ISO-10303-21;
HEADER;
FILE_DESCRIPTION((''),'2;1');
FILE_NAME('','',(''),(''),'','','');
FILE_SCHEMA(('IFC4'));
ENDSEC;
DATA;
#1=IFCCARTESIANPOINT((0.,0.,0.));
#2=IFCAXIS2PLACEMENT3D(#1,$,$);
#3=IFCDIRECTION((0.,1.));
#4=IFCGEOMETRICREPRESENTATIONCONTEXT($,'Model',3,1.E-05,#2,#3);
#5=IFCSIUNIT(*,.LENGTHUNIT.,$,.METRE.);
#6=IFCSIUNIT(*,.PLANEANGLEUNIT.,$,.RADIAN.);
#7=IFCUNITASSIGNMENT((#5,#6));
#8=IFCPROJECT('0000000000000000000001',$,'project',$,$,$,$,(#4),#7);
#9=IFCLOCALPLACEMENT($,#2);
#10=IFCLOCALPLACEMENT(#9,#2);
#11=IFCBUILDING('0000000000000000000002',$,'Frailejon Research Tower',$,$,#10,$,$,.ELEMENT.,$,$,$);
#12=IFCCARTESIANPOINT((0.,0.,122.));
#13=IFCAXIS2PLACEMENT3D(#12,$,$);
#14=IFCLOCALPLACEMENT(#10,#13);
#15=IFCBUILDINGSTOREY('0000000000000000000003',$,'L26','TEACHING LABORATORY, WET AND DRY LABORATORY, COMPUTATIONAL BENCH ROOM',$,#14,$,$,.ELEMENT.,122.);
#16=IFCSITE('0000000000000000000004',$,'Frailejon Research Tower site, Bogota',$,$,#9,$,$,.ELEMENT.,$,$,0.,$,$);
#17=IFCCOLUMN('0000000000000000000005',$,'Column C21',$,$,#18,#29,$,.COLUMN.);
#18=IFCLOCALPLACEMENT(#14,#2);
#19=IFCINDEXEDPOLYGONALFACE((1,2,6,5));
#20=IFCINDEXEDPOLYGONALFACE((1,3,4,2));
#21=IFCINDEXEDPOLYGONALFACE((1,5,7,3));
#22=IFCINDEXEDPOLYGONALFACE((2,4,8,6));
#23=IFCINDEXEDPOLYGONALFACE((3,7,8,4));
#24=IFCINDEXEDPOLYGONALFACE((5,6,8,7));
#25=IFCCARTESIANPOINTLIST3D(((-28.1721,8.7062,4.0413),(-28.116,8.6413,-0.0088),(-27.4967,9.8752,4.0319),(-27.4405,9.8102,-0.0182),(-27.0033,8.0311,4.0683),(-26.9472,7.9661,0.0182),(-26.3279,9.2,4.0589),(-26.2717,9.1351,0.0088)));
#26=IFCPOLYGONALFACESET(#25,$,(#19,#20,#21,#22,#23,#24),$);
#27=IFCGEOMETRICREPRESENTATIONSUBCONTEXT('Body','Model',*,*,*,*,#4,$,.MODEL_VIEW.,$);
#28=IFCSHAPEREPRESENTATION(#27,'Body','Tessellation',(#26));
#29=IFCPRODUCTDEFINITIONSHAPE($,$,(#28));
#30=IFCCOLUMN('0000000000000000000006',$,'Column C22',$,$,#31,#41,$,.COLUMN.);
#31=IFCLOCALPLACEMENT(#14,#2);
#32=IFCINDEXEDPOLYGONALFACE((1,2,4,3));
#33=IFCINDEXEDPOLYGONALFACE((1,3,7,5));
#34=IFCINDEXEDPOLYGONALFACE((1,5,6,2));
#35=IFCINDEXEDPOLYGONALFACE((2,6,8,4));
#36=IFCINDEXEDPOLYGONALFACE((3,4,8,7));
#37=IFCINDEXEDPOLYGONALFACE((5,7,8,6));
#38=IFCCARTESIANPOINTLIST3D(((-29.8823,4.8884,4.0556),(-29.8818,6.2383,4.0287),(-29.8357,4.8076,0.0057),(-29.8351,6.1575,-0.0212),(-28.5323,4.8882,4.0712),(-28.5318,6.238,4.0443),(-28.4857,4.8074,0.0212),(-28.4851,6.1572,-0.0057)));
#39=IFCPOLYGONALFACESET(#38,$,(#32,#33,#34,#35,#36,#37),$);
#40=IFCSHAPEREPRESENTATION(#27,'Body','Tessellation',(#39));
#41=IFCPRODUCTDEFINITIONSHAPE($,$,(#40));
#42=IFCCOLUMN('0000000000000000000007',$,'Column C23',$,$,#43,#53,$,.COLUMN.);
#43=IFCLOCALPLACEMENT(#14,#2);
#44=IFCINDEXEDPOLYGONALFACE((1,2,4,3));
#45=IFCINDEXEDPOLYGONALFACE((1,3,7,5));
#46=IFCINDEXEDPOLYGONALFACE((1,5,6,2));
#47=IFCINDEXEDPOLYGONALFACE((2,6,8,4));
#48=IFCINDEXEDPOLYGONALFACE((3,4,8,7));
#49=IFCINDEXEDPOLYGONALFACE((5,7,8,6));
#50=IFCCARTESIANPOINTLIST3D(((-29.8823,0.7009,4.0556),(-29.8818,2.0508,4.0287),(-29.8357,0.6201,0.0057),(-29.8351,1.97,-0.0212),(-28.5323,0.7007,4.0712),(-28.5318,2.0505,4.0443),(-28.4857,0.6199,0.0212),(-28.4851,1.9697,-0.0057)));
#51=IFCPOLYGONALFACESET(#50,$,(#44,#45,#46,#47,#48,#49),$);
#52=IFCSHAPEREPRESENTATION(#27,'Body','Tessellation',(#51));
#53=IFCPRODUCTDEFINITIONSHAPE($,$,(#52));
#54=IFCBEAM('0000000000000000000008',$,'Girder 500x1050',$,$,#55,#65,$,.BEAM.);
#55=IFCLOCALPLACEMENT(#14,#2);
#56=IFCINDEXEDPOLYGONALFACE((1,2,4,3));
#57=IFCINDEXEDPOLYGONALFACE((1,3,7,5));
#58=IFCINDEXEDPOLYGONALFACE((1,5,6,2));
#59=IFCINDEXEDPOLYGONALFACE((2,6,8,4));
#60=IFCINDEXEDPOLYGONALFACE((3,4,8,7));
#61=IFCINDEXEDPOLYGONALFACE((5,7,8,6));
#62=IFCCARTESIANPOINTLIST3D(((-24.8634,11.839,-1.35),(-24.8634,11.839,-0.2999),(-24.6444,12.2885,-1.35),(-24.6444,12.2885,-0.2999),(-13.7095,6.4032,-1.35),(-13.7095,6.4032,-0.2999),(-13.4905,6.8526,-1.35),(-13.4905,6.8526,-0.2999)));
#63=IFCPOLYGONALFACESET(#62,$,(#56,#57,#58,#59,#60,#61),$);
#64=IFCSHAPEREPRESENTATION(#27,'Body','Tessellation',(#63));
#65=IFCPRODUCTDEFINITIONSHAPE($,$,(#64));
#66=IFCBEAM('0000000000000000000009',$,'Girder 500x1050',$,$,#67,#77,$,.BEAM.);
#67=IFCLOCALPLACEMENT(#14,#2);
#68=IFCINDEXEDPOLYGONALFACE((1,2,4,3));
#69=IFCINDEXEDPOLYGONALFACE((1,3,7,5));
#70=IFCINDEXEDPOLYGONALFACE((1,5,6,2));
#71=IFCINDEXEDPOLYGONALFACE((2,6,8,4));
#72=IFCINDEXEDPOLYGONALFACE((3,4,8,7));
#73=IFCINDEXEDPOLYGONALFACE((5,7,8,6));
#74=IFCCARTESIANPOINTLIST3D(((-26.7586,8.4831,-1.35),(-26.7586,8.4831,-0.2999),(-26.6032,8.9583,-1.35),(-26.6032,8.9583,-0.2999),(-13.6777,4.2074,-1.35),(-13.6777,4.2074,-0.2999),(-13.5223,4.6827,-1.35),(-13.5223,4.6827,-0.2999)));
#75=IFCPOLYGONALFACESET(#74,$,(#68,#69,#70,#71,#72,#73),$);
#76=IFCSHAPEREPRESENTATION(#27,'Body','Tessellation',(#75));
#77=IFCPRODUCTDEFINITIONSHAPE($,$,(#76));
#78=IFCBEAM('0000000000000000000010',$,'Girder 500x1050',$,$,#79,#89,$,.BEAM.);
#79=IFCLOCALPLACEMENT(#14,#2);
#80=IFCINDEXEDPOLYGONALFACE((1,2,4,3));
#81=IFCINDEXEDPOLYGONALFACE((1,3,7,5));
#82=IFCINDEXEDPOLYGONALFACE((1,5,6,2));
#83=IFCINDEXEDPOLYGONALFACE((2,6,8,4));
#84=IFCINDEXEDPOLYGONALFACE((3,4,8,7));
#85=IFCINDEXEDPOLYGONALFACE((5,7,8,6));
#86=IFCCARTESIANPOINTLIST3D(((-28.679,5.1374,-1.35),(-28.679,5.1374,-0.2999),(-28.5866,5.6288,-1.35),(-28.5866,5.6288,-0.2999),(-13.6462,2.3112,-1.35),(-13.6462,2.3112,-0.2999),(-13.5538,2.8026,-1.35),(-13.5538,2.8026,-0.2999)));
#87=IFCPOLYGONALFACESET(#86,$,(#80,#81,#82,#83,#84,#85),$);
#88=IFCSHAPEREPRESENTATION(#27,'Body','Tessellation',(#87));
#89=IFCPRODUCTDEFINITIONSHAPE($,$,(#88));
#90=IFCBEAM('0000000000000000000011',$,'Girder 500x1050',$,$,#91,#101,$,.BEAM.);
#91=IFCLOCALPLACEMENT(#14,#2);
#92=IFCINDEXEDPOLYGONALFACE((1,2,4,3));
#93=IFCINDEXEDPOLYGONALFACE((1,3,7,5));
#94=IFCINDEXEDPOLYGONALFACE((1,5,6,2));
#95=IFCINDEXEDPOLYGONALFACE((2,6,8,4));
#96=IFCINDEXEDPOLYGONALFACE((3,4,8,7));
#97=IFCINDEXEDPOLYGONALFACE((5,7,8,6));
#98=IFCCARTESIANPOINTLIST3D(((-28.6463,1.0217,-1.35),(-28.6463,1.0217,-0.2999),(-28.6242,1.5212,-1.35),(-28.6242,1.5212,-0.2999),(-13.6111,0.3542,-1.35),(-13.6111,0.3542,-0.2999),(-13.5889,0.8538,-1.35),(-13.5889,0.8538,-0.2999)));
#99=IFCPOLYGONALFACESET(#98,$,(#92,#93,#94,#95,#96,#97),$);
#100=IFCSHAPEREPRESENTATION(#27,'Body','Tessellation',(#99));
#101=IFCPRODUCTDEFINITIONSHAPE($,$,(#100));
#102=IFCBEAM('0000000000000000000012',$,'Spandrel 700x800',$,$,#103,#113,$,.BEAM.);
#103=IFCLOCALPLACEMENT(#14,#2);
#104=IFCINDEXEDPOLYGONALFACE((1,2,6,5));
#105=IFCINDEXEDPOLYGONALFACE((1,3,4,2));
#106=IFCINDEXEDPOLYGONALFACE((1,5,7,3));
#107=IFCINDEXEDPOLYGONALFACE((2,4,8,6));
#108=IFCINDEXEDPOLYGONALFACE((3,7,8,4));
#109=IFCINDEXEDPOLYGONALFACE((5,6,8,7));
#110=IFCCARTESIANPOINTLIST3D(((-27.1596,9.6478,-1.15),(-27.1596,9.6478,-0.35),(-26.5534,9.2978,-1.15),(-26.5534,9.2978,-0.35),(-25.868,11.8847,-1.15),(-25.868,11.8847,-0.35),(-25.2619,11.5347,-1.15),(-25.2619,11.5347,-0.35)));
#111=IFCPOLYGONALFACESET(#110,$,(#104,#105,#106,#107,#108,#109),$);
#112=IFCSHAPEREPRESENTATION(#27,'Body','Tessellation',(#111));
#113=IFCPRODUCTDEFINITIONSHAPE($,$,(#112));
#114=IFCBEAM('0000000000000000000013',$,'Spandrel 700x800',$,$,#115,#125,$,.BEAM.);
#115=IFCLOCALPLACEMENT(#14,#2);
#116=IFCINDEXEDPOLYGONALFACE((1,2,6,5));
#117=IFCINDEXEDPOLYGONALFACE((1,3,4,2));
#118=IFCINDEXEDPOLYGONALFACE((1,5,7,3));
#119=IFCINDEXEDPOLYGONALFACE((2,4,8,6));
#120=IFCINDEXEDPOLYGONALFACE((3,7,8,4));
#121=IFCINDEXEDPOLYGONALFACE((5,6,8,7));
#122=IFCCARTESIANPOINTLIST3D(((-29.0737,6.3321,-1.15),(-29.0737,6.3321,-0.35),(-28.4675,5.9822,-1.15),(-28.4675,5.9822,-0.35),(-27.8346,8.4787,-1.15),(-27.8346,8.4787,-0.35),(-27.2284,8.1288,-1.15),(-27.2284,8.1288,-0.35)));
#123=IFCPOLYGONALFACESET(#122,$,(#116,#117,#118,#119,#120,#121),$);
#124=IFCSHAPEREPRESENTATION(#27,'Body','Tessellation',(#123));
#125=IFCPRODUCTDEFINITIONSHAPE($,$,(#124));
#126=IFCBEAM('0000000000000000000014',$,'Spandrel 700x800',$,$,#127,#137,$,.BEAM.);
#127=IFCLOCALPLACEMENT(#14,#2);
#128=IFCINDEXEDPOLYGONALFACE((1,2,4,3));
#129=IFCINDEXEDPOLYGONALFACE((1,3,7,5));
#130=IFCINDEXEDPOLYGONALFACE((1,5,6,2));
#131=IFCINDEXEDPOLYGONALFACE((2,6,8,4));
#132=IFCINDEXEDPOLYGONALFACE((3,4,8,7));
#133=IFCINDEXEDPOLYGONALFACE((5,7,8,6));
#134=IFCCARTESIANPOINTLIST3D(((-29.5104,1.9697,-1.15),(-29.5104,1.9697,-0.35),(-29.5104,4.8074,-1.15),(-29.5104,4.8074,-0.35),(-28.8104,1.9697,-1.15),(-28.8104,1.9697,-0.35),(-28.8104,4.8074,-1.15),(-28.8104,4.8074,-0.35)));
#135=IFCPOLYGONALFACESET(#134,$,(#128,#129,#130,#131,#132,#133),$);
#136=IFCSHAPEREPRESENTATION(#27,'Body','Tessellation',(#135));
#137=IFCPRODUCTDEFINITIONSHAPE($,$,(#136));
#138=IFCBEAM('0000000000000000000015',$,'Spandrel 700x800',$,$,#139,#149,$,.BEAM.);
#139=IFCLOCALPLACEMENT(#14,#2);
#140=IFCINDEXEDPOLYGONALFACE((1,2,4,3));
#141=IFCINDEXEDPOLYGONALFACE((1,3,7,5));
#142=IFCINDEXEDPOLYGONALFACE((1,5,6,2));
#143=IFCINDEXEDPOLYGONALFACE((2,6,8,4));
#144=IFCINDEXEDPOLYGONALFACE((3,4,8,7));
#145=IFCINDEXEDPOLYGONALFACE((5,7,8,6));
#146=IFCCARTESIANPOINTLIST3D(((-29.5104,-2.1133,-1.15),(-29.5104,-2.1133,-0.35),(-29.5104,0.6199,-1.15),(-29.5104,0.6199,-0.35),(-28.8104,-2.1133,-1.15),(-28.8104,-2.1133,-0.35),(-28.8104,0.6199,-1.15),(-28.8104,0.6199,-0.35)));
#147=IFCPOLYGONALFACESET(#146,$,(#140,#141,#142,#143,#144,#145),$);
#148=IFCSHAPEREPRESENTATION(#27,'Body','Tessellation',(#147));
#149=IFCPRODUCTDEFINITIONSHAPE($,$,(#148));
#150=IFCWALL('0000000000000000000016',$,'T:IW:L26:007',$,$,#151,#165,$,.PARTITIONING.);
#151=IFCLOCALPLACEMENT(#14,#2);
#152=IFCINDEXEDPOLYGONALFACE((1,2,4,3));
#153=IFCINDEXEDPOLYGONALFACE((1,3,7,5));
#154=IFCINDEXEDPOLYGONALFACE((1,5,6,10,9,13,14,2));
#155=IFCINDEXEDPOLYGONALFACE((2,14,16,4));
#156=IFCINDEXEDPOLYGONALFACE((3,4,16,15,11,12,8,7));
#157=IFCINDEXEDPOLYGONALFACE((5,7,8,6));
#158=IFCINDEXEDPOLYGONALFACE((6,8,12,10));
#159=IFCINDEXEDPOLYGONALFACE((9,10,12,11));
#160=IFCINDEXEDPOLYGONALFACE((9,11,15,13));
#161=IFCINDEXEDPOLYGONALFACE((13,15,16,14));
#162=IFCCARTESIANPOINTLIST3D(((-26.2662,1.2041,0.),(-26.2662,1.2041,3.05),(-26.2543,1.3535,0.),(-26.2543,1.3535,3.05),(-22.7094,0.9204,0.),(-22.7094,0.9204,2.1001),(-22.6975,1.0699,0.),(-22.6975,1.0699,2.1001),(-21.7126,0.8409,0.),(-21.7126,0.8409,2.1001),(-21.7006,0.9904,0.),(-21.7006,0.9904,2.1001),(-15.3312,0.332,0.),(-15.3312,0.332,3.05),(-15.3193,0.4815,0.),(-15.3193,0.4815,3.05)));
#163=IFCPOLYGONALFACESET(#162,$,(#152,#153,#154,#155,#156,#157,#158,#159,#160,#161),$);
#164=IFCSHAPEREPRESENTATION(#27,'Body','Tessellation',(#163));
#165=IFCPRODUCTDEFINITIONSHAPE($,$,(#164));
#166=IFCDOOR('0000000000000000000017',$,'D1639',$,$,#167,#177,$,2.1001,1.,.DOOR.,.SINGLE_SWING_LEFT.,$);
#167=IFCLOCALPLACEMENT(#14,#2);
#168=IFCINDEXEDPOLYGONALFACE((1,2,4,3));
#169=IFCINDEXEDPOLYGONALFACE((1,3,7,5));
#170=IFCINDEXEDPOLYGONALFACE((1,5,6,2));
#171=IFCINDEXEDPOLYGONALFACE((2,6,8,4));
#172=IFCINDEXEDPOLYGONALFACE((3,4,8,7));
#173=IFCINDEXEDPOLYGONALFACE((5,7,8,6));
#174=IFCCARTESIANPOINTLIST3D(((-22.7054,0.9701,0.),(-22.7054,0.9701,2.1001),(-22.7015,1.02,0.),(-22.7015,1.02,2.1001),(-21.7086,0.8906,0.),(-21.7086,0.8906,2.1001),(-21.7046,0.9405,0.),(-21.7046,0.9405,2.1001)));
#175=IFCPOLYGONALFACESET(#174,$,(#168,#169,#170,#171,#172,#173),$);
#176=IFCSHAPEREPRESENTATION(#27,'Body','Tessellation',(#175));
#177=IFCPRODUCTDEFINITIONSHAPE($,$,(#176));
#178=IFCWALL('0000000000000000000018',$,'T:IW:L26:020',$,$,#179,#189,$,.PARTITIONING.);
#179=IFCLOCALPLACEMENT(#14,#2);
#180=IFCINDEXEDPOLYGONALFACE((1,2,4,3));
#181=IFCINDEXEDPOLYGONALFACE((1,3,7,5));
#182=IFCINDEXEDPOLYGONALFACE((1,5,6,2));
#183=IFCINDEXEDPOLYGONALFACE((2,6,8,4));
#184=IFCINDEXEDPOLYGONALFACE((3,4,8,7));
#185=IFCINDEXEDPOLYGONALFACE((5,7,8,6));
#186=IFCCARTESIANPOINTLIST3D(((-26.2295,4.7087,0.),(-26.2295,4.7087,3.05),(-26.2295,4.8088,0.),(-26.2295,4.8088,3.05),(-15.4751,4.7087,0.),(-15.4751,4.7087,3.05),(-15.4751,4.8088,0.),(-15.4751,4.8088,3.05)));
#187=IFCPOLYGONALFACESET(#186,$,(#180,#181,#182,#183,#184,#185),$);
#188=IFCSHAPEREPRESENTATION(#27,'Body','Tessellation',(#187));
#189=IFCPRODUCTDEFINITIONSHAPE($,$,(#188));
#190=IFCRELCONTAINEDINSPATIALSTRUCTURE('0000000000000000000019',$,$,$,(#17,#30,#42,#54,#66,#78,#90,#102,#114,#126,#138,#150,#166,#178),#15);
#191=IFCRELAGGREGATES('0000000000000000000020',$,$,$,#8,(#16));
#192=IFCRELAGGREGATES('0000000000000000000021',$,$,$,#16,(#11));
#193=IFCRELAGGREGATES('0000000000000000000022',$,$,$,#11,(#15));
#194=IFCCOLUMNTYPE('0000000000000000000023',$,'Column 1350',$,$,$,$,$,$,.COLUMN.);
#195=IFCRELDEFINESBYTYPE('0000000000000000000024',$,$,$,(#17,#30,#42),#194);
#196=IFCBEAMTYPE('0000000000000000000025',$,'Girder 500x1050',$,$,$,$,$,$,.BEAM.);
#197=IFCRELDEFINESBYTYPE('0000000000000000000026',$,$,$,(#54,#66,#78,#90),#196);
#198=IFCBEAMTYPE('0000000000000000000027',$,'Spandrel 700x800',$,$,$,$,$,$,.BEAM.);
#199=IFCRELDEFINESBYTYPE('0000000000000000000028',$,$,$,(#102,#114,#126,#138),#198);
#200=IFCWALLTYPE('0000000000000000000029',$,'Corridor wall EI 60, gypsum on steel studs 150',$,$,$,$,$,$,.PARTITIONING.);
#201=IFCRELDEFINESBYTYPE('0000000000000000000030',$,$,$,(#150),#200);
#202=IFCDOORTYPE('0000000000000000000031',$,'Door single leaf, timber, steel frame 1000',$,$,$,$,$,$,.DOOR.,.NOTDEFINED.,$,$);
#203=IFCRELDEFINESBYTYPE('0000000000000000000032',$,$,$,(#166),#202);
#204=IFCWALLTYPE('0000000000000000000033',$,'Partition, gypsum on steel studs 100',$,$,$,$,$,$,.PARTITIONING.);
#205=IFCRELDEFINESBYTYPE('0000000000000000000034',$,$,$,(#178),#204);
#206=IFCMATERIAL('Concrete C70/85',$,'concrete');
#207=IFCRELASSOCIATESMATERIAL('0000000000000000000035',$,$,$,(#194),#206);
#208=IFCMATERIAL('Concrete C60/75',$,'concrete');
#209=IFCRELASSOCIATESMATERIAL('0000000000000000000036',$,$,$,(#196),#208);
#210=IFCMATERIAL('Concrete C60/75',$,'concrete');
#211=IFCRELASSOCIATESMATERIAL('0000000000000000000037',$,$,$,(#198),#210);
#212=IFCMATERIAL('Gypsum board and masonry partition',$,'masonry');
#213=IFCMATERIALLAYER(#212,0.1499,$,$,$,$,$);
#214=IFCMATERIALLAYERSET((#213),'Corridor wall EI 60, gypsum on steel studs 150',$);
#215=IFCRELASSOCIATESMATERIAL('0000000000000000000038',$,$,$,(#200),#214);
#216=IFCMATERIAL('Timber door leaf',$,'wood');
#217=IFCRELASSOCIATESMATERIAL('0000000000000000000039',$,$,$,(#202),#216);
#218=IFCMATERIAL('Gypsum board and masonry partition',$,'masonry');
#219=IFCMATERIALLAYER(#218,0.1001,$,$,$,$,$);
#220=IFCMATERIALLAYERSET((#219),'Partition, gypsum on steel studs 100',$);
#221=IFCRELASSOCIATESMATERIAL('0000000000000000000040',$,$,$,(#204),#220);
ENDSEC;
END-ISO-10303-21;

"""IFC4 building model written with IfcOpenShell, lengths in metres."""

from ifc_helpers import new_model, si_unit, direction, frame, frame_2d, origin, origin_2d, place, context, subcontext, project, spatial, rectangle, extrude, material, layer, layer_set, material_profile, profile_set, type_object, element, fill, save


model = new_model("IFC4")

# Units and contexts
model_context = context("Model", 3, precision=1e-05, world=origin(), true_north=direction((0.0, 1.0)))
body_context = subcontext(model_context, "Body", "Model", "MODEL_VIEW")
ifc_project = project(units=[si_unit("LENGTHUNIT", "METRE"), si_unit("PLANEANGLEUNIT", "RADIAN")], contexts=[model_context])

# Site, building, storey
site_placement = place(None, origin())
site = spatial("IfcSite", under=ifc_project, at=site_placement, Name="Frailejon Research Tower site, Bogota", CompositionType="ELEMENT", RefElevation=0.0)
building_placement = place(site_placement, origin())
building = spatial("IfcBuilding", under=site, at=building_placement, Name="Frailejon Research Tower", CompositionType="ELEMENT")
storey_placement = place(building_placement, frame((0.0, 0.0, 122.0)))
storey = spatial("IfcBuildingStorey", under=building, at=storey_placement, Name="L26", Description="TEACHING LABORATORY, WET AND DRY LABORATORY, COMPUTATIONAL BENCH ROOM", CompositionType="ELEMENT", Elevation=122.0)

# Columns
ifc_material_1 = material(Name="Concrete C70/85", Category="concrete")
ifc_material_profile_1 = material_profile(ifc_material_1, rectangle(XDim=1.3501, YDim=1.3501, at=origin_2d()), Name="Column 1350")
ifc_profile_set_1 = profile_set([ifc_material_profile_1], Name="Concrete C70/85")
column_type = type_object("IfcColumnType", Name="Column 1350", PredefinedType="COLUMN", material=ifc_profile_set_1)
for number, where, z_axis, x_axis, name in (
    (1, (-27.1938, 8.8882, 0.0), (-0.013861, 0.016031, 0.999775), (-0.500303, -0.865822, 0.006947), "Column C21"),
    (2, (-29.1604, 5.4824, 0.0), (-0.011511, 0.019948, 0.999735), (-0.000406, -0.999801, 0.019944), "Column C22"),
    (3, (-29.1604, 1.2949, 0.0), (-0.011511, 0.019948, 0.999735), (-0.000406, -0.999801, 0.019944), "Column C23"),
):
    element("IfcColumn", number, at=place(storey_placement, frame(where, z_axis=z_axis, x_axis=x_axis)), inside=storey, type_object=column_type, Name=name, PredefinedType="COLUMN", context=body_context, shape_type="SweptSolid", body=[
        extrude(rectangle(XDim=1.3501, YDim=1.3501, at=origin_2d()), origin(), (0.0, 0.0, 1.0), 4.051),
    ])

# Beams
ifc_material_2 = material(Name="Concrete C60/75", Category="concrete")
ifc_material_profile_2 = material_profile(ifc_material_2, rectangle(XDim=0.5, YDim=1.05, at=origin_2d()), Name="Girder 500x1050")
ifc_profile_set_2 = profile_set([ifc_material_profile_2], Name="Concrete C60/75")
beam_type_1 = type_object("IfcBeamType", Name="Girder 500x1050", PredefinedType="BEAM", material=ifc_profile_set_2)
beam_1_placement = place(storey_placement, frame((-24.7539, 12.0637, -0.825), z_axis=(0.89893, -0.438092, 0.0), x_axis=(0.438092, 0.89893, 0.0)))
element("IfcBeam", 4, at=beam_1_placement, inside=storey, type_object=beam_type_1, Name="Girder 500x1050", PredefinedType="BEAM", context=body_context, shape_type="SweptSolid", body=[
    extrude(rectangle(XDim=0.5, YDim=1.05, at=origin_2d()), origin(), (0.0, 0.0, 1.0), 12.408),
])
beam_2_placement = place(storey_placement, frame((-26.6809, 8.7207, -0.825), z_axis=(0.950512, -0.310687, 0.0), x_axis=(0.310687, 0.950512, 0.0)))
element("IfcBeam", 5, at=beam_2_placement, inside=storey, type_object=beam_type_1, Name="Girder 500x1050", PredefinedType="BEAM", context=body_context, shape_type="SweptSolid", body=[
    extrude(rectangle(XDim=0.5, YDim=1.05, at=origin_2d()), origin(), (0.0, 0.0, 1.0), 13.762),
])
beam_3_placement = place(storey_placement, frame((-28.6328, 5.3831, -0.825), z_axis=(0.982783, -0.184765, 0.0), x_axis=(0.184765, 0.982783, 0.0)))
element("IfcBeam", 6, at=beam_3_placement, inside=storey, type_object=beam_type_1, Name="Girder 500x1050", PredefinedType="BEAM", context=body_context, shape_type="SweptSolid", body=[
    extrude(rectangle(XDim=0.5, YDim=1.05, at=origin_2d()), origin(), (0.0, 0.0, 1.0), 15.2961),
])
beam_4_placement = place(storey_placement, frame((-28.6353, 1.2715, -0.825), z_axis=(0.999016, -0.044351, 0.0), x_axis=(0.044351, 0.999016, 0.0)))
element("IfcBeam", 7, at=beam_4_placement, inside=storey, type_object=beam_type_1, Name="Girder 500x1050", PredefinedType="BEAM", context=body_context, shape_type="SweptSolid", body=[
    extrude(rectangle(XDim=0.5, YDim=1.05, at=origin_2d()), origin(), (0.0, 0.0, 1.0), 15.05),
])
ifc_material_3 = material(Name="Concrete C60/75", Category="concrete")
ifc_material_profile_3 = material_profile(ifc_material_3, rectangle(XDim=0.7, YDim=0.8, at=origin_2d()), Name="Spandrel 700x800")
ifc_profile_set_3 = profile_set([ifc_material_profile_3], Name="Concrete C60/75")
beam_type_2 = type_object("IfcBeamType", Name="Spandrel 700x800", PredefinedType="BEAM", material=ifc_profile_set_3)
beam_5_placement = place(storey_placement, frame((-25.5649, 11.7097, -0.75), z_axis=(-0.500022, -0.866012, 0.0), x_axis=(0.866012, -0.500022, 0.0)))
element("IfcBeam", 8, at=beam_5_placement, inside=storey, type_object=beam_type_2, Name="Spandrel 700x800", PredefinedType="BEAM", context=body_context, shape_type="SweptSolid", body=[
    extrude(rectangle(XDim=0.7, YDim=0.8, at=origin_2d()), origin(), (0.0, 0.0, 1.0), 2.583),
])
beam_6_placement = place(storey_placement, frame((-27.5315, 8.3037, -0.75), z_axis=(-0.499921, -0.866071, 0.0), x_axis=(0.866071, -0.499921, 0.0)))
element("IfcBeam", 9, at=beam_6_placement, inside=storey, type_object=beam_type_2, Name="Spandrel 700x800", PredefinedType="BEAM", context=body_context, shape_type="SweptSolid", body=[
    extrude(rectangle(XDim=0.7, YDim=0.8, at=origin_2d()), origin(), (0.0, 0.0, 1.0), 2.4785),
])
beam_7_placement = place(storey_placement, frame((-29.1604, 4.8074, -0.75), z_axis=(0.0, -1.0, 0.0), x_axis=(1.0, 0.0, 0.0)))
element("IfcBeam", 10, at=beam_7_placement, inside=storey, type_object=beam_type_2, Name="Spandrel 700x800", PredefinedType="BEAM", context=body_context, shape_type="SweptSolid", body=[
    extrude(rectangle(XDim=0.7, YDim=0.8, at=origin_2d()), origin(), (0.0, 0.0, 1.0), 2.8376),
])
beam_8_placement = place(storey_placement, frame((-29.1604, 0.6199, -0.75), z_axis=(0.0, -1.0, 0.0), x_axis=(1.0, 0.0, 0.0)))
element("IfcBeam", 11, at=beam_8_placement, inside=storey, type_object=beam_type_2, Name="Spandrel 700x800", PredefinedType="BEAM", context=body_context, shape_type="SweptSolid", body=[
    extrude(rectangle(XDim=0.7, YDim=0.8, at=origin_2d()), origin(), (0.0, 0.0, 1.0), 2.7332),
])

# Wall, opening, door
ifc_material_4 = material(Name="Gypsum board and masonry partition", Category="masonry")
ifc_layer_1 = layer(ifc_material_4, 0.1499)
ifc_layer_set_1 = layer_set([ifc_layer_1], Name="Corridor wall EI 60, gypsum on steel studs 150")
wall_type_1 = type_object("IfcWallType", Name="Corridor wall EI 60, gypsum on steel studs 150", PredefinedType="PARTITIONING", material=ifc_layer_set_1)
wall_1_placement = place(storey_placement, frame((-26.2603, 1.2788, 0.0), z_axis=(0.0, 0.0, 1.0), x_axis=(0.996835, -0.079498, 0.0)))
wall_1 = element("IfcWall", 12, at=wall_1_placement, inside=storey, type_object=wall_type_1, Name="T:IW:L26:007", PredefinedType="PARTITIONING", context=body_context, shape_type="SweptSolid", body=[
    extrude(rectangle(XDim=10.9697, YDim=0.1499, at=frame_2d((5.4849, 0.0))), origin(), (0.0, 0.0, 1.0), 3.05),
])
opening_1_placement = place(wall_1_placement, frame((3.5681, 0.0, 0.0)))
opening_1 = element("IfcOpeningElement", 13, at=opening_1_placement, cuts=wall_1, PredefinedType="OPENING", context=body_context, shape_type="SweptSolid", body=[
    extrude(rectangle(XDim=1.0, YDim=2.1001, at=frame_2d((0.5, 1.05))), frame((0.0, 0.085, 0.0), z_axis=(0.0, -1.0, 0.0), x_axis=(1.0, 0.0, 0.0)), (0.0, 0.0, 1.0), 0.1699),
])
ifc_material_5 = material(Name="Timber door leaf", Category="wood")
door_type = type_object("IfcDoorType", Name="Door single leaf, timber, steel frame 1000", OperationType="NOTDEFINED", PredefinedType="DOOR", material=ifc_material_5)
door_placement = place(opening_1_placement, origin())
door = element("IfcDoor", 14, at=door_placement, inside=storey, type_object=door_type, Name="D1639", OperationType="SINGLE_SWING_LEFT", OverallHeight=2.1001, OverallWidth=1.0, PredefinedType="DOOR", context=body_context, shape_type="SweptSolid", body=[
    extrude(rectangle(XDim=1.0, YDim=2.1001, at=frame_2d((0.5, 1.05))), frame((0.0, 0.0249, 0.0), z_axis=(0.0, -1.0, 0.0), x_axis=(1.0, 0.0, 0.0)), (0.0, 0.0, 1.0), 0.05),
])
fill(opening_1, door)

# Wall
ifc_material_6 = material(Name="Gypsum board and masonry partition", Category="masonry")
ifc_layer_2 = layer(ifc_material_6, 0.1001)
ifc_layer_set_2 = layer_set([ifc_layer_2], Name="Partition, gypsum on steel studs 100")
wall_type_2 = type_object("IfcWallType", Name="Partition, gypsum on steel studs 100", PredefinedType="PARTITIONING", material=ifc_layer_set_2)
wall_2_placement = place(storey_placement, frame((-26.2295, 4.7588, 0.0), z_axis=(0.0, 0.0, 1.0), x_axis=(1.0, 0.0, 0.0)))
element("IfcWall", 15, at=wall_2_placement, inside=storey, type_object=wall_type_2, Name="T:IW:L26:020", PredefinedType="PARTITIONING", context=body_context, shape_type="SweptSolid", body=[
    extrude(rectangle(XDim=10.7544, YDim=0.1001, at=frame_2d((5.3772, 0.0))), origin(), (0.0, 0.0, 1.0), 3.05),
])

save(model, "model.ifc")
